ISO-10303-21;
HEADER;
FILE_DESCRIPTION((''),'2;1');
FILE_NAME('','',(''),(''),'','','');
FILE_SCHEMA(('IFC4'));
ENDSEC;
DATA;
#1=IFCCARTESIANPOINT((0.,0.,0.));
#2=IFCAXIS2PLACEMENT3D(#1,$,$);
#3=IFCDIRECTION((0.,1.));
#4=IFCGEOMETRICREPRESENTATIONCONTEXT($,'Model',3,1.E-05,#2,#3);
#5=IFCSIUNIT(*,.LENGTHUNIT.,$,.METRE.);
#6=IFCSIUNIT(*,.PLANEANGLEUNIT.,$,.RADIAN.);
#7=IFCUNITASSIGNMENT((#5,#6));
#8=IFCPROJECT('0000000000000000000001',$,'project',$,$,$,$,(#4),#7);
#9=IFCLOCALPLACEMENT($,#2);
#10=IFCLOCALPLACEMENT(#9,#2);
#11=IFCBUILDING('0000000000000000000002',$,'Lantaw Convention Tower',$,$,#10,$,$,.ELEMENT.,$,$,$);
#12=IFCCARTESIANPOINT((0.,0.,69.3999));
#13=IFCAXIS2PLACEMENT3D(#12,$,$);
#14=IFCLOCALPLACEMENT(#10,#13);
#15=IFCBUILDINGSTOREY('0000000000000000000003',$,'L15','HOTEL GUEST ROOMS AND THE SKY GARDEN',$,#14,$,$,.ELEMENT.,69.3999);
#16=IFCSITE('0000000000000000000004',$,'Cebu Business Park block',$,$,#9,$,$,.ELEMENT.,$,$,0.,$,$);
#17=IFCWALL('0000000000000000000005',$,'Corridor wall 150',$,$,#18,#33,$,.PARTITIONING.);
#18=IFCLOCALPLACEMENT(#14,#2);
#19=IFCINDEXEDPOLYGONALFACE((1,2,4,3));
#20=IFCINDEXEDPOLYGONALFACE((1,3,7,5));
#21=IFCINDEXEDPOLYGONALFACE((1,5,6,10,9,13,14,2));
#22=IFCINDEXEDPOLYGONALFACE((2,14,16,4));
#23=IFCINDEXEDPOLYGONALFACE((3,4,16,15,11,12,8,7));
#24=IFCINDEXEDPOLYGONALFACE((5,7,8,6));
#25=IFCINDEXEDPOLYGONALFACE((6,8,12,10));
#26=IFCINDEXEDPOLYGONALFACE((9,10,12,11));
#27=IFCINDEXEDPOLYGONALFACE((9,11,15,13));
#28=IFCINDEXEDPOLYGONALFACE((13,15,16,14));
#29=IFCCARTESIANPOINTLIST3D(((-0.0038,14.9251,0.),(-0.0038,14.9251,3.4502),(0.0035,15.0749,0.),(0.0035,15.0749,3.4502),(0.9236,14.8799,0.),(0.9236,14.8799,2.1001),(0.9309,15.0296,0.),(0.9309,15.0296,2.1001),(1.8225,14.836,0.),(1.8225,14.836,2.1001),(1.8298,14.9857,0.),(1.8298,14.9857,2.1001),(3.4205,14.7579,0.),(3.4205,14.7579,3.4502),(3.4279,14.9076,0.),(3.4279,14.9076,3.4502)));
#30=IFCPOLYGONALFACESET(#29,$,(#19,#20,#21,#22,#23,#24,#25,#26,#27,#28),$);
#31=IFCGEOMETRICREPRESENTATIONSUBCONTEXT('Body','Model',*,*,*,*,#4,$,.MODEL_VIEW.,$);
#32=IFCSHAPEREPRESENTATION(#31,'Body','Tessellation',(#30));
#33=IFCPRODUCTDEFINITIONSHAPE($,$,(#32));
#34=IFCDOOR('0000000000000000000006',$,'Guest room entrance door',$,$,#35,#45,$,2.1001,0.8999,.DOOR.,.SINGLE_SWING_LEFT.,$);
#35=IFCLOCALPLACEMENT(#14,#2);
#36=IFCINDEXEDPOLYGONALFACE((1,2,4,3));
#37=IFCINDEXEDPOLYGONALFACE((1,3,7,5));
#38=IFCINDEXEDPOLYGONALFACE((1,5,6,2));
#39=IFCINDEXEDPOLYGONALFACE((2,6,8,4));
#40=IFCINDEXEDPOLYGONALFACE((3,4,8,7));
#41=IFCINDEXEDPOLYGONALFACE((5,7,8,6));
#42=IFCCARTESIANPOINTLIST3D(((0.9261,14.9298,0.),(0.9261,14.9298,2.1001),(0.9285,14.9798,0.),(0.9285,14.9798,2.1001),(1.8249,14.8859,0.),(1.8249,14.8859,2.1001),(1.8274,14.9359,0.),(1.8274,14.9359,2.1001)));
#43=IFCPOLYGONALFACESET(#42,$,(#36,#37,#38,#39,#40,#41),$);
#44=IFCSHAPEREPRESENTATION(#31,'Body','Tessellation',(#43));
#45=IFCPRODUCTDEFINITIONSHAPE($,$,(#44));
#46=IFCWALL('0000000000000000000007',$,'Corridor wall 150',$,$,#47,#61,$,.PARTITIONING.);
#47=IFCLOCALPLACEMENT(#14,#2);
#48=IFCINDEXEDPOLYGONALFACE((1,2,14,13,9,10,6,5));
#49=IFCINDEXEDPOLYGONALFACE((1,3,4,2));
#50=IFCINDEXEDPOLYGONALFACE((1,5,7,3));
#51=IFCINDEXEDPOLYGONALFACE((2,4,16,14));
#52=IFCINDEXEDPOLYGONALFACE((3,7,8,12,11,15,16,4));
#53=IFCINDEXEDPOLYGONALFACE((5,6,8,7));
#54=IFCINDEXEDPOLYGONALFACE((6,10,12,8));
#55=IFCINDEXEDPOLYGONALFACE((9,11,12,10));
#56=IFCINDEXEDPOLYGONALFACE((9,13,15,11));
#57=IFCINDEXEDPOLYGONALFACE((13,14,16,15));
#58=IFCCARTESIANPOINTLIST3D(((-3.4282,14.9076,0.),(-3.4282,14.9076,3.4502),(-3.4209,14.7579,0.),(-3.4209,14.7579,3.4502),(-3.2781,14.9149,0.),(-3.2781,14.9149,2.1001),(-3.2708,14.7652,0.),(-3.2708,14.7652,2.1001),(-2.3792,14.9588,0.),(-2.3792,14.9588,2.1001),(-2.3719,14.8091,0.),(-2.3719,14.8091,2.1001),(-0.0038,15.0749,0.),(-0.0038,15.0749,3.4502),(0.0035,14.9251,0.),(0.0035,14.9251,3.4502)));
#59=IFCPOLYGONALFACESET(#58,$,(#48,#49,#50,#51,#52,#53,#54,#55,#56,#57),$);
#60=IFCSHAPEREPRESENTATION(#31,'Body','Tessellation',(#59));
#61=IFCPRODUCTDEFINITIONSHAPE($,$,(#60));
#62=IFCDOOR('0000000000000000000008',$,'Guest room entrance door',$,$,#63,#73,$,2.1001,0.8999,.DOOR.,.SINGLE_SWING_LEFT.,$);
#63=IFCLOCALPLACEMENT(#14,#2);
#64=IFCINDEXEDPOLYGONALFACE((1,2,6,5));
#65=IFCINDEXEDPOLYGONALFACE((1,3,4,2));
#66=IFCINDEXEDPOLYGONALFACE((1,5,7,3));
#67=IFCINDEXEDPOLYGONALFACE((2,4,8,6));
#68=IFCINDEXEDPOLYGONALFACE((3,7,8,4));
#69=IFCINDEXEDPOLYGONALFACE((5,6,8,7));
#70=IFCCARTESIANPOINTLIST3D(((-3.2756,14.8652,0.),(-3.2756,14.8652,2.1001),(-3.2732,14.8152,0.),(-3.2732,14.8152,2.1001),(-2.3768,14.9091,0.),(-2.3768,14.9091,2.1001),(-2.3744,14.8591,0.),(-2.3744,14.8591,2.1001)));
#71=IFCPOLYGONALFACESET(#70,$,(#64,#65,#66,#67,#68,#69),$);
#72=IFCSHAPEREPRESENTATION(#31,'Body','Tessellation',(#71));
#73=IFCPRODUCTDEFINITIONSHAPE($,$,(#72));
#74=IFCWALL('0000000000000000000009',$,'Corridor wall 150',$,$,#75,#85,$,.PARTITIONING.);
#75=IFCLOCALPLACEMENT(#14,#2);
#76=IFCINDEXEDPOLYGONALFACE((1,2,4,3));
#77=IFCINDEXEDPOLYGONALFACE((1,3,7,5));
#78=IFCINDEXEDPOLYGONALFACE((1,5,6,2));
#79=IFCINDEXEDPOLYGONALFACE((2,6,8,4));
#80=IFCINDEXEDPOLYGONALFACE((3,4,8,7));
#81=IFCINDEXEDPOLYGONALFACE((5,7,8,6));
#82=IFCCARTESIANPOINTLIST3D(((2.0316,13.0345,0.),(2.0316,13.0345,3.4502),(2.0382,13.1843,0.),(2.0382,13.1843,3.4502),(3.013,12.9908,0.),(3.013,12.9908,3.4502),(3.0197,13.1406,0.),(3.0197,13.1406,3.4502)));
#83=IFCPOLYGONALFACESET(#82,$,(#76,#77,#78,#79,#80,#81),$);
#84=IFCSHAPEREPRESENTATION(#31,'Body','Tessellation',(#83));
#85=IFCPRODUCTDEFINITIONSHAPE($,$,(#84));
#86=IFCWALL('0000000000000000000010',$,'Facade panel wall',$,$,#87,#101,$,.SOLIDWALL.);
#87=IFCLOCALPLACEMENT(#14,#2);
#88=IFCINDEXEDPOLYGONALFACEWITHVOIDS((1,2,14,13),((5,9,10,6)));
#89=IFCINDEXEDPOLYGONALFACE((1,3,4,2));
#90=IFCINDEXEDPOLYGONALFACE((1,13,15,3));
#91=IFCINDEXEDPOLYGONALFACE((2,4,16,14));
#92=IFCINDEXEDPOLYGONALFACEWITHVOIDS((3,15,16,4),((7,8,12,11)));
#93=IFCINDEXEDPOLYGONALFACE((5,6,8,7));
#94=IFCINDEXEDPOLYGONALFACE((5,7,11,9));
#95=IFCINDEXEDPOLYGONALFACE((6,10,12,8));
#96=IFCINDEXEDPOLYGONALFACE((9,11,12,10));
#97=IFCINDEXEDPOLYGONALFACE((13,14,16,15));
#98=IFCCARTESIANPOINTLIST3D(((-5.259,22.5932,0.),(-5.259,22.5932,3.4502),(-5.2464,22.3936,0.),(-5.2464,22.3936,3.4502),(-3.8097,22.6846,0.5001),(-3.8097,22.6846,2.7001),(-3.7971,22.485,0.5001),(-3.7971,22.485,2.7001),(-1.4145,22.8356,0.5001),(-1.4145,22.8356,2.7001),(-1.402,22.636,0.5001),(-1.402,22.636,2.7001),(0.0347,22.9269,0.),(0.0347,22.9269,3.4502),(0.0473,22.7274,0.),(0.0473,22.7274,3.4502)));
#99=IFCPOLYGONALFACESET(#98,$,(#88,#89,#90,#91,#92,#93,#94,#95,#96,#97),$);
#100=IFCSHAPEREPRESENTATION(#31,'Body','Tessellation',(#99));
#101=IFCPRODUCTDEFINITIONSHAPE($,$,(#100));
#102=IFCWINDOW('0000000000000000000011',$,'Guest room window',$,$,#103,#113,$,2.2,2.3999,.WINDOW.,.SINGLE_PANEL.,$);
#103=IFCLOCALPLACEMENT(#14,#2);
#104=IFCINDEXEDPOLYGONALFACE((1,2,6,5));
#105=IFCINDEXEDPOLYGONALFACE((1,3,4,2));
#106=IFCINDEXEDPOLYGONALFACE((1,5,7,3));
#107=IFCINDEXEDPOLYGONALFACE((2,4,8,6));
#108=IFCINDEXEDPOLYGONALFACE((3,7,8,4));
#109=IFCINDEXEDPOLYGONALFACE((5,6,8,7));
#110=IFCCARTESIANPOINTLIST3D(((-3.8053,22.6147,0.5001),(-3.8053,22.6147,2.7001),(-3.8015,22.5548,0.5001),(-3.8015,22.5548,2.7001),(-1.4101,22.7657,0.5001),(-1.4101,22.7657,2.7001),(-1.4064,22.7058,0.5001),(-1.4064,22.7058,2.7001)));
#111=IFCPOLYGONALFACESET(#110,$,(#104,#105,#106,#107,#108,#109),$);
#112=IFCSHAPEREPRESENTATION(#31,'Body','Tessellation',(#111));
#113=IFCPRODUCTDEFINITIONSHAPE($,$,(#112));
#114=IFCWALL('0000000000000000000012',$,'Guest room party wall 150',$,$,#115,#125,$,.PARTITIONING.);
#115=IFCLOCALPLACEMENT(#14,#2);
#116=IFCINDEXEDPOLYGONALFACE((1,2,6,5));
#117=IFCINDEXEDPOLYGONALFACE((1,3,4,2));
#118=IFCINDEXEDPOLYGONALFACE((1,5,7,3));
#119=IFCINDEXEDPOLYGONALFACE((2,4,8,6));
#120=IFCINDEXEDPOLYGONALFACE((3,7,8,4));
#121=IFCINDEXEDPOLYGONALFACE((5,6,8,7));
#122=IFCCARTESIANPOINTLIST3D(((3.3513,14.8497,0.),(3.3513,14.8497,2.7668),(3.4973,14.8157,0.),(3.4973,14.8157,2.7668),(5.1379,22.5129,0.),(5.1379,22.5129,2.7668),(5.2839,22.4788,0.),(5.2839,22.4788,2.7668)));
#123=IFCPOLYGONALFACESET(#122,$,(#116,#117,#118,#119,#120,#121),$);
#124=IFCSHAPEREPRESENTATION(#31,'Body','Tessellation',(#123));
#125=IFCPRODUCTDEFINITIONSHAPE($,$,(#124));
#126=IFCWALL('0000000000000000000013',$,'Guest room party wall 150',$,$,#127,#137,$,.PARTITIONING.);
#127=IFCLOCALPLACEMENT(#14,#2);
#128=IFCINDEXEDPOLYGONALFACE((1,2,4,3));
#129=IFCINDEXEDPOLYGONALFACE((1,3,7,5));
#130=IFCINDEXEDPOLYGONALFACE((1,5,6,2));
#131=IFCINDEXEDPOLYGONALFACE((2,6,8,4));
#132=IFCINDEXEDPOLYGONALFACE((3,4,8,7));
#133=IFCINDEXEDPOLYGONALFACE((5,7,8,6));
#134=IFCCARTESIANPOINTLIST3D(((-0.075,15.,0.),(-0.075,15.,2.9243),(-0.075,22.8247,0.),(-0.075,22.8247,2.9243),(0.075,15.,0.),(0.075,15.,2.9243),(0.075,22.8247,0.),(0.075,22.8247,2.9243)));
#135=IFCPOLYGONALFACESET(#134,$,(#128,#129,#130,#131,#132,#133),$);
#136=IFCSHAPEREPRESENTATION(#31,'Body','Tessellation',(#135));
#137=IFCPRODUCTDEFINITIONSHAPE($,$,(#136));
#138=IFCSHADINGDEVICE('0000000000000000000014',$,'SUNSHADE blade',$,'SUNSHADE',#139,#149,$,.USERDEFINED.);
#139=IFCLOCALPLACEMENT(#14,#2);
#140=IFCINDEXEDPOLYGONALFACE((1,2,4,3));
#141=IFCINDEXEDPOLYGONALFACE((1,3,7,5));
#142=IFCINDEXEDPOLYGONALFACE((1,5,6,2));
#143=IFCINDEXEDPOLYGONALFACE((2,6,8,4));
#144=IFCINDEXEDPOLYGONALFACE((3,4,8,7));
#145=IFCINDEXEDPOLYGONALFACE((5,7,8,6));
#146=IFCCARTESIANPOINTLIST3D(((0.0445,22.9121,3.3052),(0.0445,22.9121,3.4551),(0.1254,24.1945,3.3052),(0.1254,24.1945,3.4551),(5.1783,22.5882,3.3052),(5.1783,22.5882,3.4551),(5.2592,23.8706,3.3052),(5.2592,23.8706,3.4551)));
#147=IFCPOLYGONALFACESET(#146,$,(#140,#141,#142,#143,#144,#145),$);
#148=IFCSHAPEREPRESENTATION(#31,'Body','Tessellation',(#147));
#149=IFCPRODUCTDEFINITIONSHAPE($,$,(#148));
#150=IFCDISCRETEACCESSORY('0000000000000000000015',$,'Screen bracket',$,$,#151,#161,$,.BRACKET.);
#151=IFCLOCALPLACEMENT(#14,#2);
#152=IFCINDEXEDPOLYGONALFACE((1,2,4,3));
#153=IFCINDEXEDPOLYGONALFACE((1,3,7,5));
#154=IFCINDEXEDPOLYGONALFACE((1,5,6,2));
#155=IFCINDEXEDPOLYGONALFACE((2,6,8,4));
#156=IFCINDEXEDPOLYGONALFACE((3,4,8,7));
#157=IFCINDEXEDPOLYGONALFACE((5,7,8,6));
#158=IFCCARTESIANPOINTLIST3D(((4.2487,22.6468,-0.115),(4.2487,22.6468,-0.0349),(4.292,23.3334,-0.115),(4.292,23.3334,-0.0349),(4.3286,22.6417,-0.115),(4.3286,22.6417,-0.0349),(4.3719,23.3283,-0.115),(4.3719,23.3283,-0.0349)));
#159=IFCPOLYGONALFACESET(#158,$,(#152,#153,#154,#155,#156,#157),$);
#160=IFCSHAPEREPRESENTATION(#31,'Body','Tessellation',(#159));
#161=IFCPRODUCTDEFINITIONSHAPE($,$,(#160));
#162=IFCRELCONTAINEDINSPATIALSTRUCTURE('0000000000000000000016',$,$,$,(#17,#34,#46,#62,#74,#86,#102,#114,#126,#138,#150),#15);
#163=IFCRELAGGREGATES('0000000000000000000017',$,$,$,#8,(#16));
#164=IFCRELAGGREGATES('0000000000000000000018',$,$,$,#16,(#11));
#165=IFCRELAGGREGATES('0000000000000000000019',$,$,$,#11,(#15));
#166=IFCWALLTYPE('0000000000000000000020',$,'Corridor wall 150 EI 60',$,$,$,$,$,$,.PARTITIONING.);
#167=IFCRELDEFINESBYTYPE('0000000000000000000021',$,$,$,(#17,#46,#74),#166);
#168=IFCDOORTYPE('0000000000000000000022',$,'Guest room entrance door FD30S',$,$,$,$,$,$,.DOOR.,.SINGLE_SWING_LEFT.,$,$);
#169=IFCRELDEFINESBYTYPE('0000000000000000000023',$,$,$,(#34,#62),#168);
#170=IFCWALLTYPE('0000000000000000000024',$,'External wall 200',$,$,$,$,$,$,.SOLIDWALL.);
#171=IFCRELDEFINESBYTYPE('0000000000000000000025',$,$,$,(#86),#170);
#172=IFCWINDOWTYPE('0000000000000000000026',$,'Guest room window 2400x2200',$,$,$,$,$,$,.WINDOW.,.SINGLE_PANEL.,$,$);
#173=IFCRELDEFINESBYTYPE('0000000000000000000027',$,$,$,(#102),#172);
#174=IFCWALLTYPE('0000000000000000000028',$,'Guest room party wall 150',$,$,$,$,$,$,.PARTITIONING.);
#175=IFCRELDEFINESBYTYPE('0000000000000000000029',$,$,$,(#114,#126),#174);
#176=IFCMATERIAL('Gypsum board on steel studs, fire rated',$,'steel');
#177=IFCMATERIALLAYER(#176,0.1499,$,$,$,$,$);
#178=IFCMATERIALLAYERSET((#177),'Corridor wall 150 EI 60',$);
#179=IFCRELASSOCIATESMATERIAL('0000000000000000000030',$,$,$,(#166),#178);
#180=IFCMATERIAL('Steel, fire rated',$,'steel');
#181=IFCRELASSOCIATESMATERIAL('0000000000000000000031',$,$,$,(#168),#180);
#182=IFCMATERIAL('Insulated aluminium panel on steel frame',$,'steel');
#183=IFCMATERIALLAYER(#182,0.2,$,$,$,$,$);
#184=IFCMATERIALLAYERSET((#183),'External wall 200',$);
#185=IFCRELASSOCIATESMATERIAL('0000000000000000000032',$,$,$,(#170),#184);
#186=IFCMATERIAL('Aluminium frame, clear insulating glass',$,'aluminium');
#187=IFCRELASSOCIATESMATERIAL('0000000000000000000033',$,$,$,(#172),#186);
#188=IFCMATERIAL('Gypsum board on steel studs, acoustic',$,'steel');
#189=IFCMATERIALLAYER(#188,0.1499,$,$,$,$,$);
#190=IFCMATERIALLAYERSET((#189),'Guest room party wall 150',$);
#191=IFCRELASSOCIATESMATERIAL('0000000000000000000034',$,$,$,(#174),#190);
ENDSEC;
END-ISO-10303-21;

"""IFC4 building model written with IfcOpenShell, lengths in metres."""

from ifc_helpers import new_model, si_unit, direction, frame, frame_2d, origin, origin_2d, place, context, subcontext, project, spatial, rectangle, extrude, material, layer, layer_set, type_object, element, fill, save


model = new_model("IFC4")

# Units and contexts
model_context = context("Model", 3, precision=1e-05, world=origin(), true_north=direction((0.0, 1.0)))
body_context = subcontext(model_context, "Body", "Model", "MODEL_VIEW")
ifc_project = project(units=[si_unit("LENGTHUNIT", "METRE"), si_unit("PLANEANGLEUNIT", "RADIAN")], contexts=[model_context])

# Site, building, storey
site_placement = place(None, origin())
site = spatial("IfcSite", under=ifc_project, at=site_placement, Name="Cebu Business Park block", CompositionType="ELEMENT", RefElevation=0.0)
building_placement = place(site_placement, origin())
building = spatial("IfcBuilding", under=site, at=building_placement, Name="Lantaw Convention Tower", CompositionType="ELEMENT")
storey_placement = place(building_placement, frame((0.0, 0.0, 69.3999)))
storey = spatial("IfcBuildingStorey", under=building, at=storey_placement, Name="L15", Description="HOTEL GUEST ROOMS AND THE SKY GARDEN", CompositionType="ELEMENT", Elevation=69.3999)

# Walls, openings, doors
ifc_material_1 = material(Name="Gypsum board on steel studs, fire rated", Category="steel")
ifc_layer_1 = layer(ifc_material_1, 0.1499)
ifc_layer_set_1 = layer_set([ifc_layer_1], Name="Corridor wall 150 EI 60")
wall_type_1 = type_object("IfcWallType", Name="Corridor wall 150 EI 60", PredefinedType="PARTITIONING", material=ifc_layer_set_1)
wall_1_placement = place(storey_placement, frame((3.4243, 14.8328, 0.0), z_axis=(0.0, 0.0, 1.0), x_axis=(-0.99881, 0.04878, 0.0)))
wall_1 = element("IfcWall", 1, at=wall_1_placement, inside=storey, type_object=wall_type_1, Name="Corridor wall 150", PredefinedType="PARTITIONING", context=body_context, shape_type="SweptSolid", body=[
    extrude(rectangle(XDim=3.4285, YDim=0.1499, at=frame_2d((1.7144, 0.0))), origin(), (0.0, 0.0, 1.0), 3.4502),
])
opening_1_placement = place(wall_1_placement, frame((1.6001, 0.0, 0.0)))
opening_1 = element("IfcOpeningElement", 2, at=opening_1_placement, cuts=wall_1, PredefinedType="OPENING", context=body_context, shape_type="SweptSolid", body=[
    extrude(rectangle(XDim=0.8999, YDim=2.1001, at=frame_2d((0.45, 1.05))), frame((0.0, 0.085, 0.0), z_axis=(0.0, -1.0, 0.0), x_axis=(1.0, 0.0, 0.0)), (0.0, 0.0, 1.0), 0.1699),
])
ifc_material_2 = material(Name="Steel, fire rated", Category="steel")
door_type_1 = type_object("IfcDoorType", Name="Guest room entrance door FD30S", OperationType="SINGLE_SWING_LEFT", PredefinedType="DOOR", material=ifc_material_2)
door_1_placement = place(opening_1_placement, origin())
door_1 = element("IfcDoor", 3, at=door_1_placement, inside=storey, type_object=door_type_1, Name="Guest room entrance door", OperationType="SINGLE_SWING_LEFT", OverallHeight=2.1001, OverallWidth=0.8999, PredefinedType="DOOR", context=body_context, shape_type="SweptSolid", body=[
    extrude(rectangle(XDim=0.8999, YDim=2.1001, at=frame_2d((0.45, 1.05))), frame((0.0, 0.0249, 0.0), z_axis=(0.0, -1.0, 0.0), x_axis=(1.0, 0.0, 0.0)), (0.0, 0.0, 1.0), 0.05),
])
fill(opening_1, door_1)
wall_2_placement = place(storey_placement, frame((0.0, 15.0, 0.0), z_axis=(0.0, 0.0, 1.0), x_axis=(-0.99881, -0.04878, 0.0)))
wall_2 = element("IfcWall", 4, at=wall_2_placement, inside=storey, type_object=wall_type_1, Name="Corridor wall 150", PredefinedType="PARTITIONING", context=body_context, shape_type="SweptSolid", body=[
    extrude(rectangle(XDim=3.4285, YDim=0.1499, at=frame_2d((1.7144, 0.0))), origin(), (0.0, 0.0, 1.0), 3.4502),
])
opening_2_placement = place(wall_2_placement, frame((2.3784, 0.0, 0.0)))
opening_2 = element("IfcOpeningElement", 5, at=opening_2_placement, cuts=wall_2, PredefinedType="OPENING", context=body_context, shape_type="SweptSolid", body=[
    extrude(rectangle(XDim=0.8999, YDim=2.1001, at=frame_2d((0.45, 1.05))), frame((0.0, 0.085, 0.0), z_axis=(0.0, -1.0, 0.0), x_axis=(1.0, 0.0, 0.0)), (0.0, 0.0, 1.0), 0.1699),
])
door_2_placement = place(opening_2_placement, origin())
door_2 = element("IfcDoor", 6, at=door_2_placement, inside=storey, type_object=door_type_1, Name="Guest room entrance door", OperationType="SINGLE_SWING_LEFT", OverallHeight=2.1001, OverallWidth=0.8999, PredefinedType="DOOR", context=body_context, shape_type="SweptSolid", body=[
    extrude(rectangle(XDim=0.8999, YDim=2.1001, at=frame_2d((0.45, 1.05))), frame((0.0, 0.0249, 0.0), z_axis=(0.0, -1.0, 0.0), x_axis=(1.0, 0.0, 0.0)), (0.0, 0.0, 1.0), 0.05),
])
fill(opening_2, door_2)

# Wall
wall_3_placement = place(storey_placement, frame((3.0164, 13.0657, 0.0), z_axis=(0.0, 0.0, 1.0), x_axis=(-0.99901, 0.044483, 0.0)))
element("IfcWall", 7, at=wall_3_placement, inside=storey, type_object=wall_type_1, Name="Corridor wall 150", PredefinedType="PARTITIONING", context=body_context, shape_type="SweptSolid", body=[
    extrude(rectangle(XDim=0.9824, YDim=0.1499, at=frame_2d((0.4912, 0.0))), origin(), (0.0, 0.0, 1.0), 3.4502),
])

# Wall, opening, window
ifc_material_3 = material(Name="Insulated aluminium panel on steel frame", Category="steel")
ifc_layer_2 = layer(ifc_material_3, 0.2)
ifc_layer_set_2 = layer_set([ifc_layer_2], Name="External wall 200")
wall_type_2 = type_object("IfcWallType", Name="External wall 200", PredefinedType="SOLIDWALL", material=ifc_layer_set_2)
wall_4_placement = place(storey_placement, frame((0.041, 22.8271, 0.0), z_axis=(0.0, 0.0, 1.0), x_axis=(-0.998019, -0.06292, 0.0)))
wall_4 = element("IfcWall", 8, at=wall_4_placement, inside=storey, type_object=wall_type_2, Name="Facade panel wall", PredefinedType="SOLIDWALL", context=body_context, shape_type="SweptSolid", body=[
    extrude(rectangle(XDim=5.3042, YDim=0.2, at=frame_2d((2.6521, 0.0))), origin(), (0.0, 0.0, 1.0), 3.4502),
])
opening_3_placement = place(wall_4_placement, frame((1.4521, 0.0, 0.5)))
opening_3 = element("IfcOpeningElement", 9, at=opening_3_placement, cuts=wall_4, PredefinedType="OPENING", context=body_context, shape_type="SweptSolid", body=[
    extrude(rectangle(XDim=2.3999, YDim=2.2, at=frame_2d((1.2, 1.1001))), frame((0.0, 0.1099, 0.0), z_axis=(0.0, -1.0, 0.0), x_axis=(1.0, 0.0, 0.0)), (0.0, 0.0, 1.0), 0.22),
])
ifc_material_4 = material(Name="Aluminium frame, clear insulating glass", Category="aluminium")
window_type = type_object("IfcWindowType", Name="Guest room window 2400x2200", PartitioningType="SINGLE_PANEL", PredefinedType="WINDOW", material=ifc_material_4)
window_placement = place(opening_3_placement, origin())
window = element("IfcWindow", 10, at=window_placement, inside=storey, type_object=window_type, Name="Guest room window", OverallHeight=2.2, OverallWidth=2.3999, PartitioningType="SINGLE_PANEL", PredefinedType="WINDOW", context=body_context, shape_type="SweptSolid", body=[
    extrude(rectangle(XDim=2.3999, YDim=2.2, at=frame_2d((1.2, 1.1001))), frame((0.0, 0.03, 0.0), z_axis=(0.0, -1.0, 0.0), x_axis=(1.0, 0.0, 0.0)), (0.0, 0.0, 1.0), 0.0601),
])
fill(opening_3, window)

# Walls
ifc_material_5 = material(Name="Gypsum board on steel studs, acoustic", Category="steel")
ifc_layer_3 = layer(ifc_material_5, 0.1499)
ifc_layer_set_3 = layer_set([ifc_layer_3], Name="Guest room party wall 150")
wall_type_3 = type_object("IfcWallType", Name="Guest room party wall 150", PredefinedType="PARTITIONING", material=ifc_layer_set_3)
wall_5_placement = place(storey_placement, frame((5.2109, 22.4958, 0.0), z_axis=(0.0, 0.0, 1.0), x_axis=(-0.227057, -0.973881, 0.0)))
element("IfcWall", 11, at=wall_5_placement, inside=storey, type_object=wall_type_3, Name="Guest room party wall 150", PredefinedType="PARTITIONING", context=body_context, shape_type="SweptSolid", body=[
    extrude(rectangle(XDim=7.8687, YDim=0.1499, at=frame_2d((3.9343, 0.0))), origin(), (0.0, 0.0, 1.0), 2.7668),
])
wall_6_placement = place(storey_placement, frame((0.0, 22.8247, 0.0), z_axis=(0.0, 0.0, 1.0), x_axis=(0.0, -1.0, 0.0)))
element("IfcWall", 12, at=wall_6_placement, inside=storey, type_object=wall_type_3, Name="Guest room party wall 150", PredefinedType="PARTITIONING", context=body_context, shape_type="SweptSolid", body=[
    extrude(rectangle(XDim=7.8247, YDim=0.1499, at=frame_2d((3.9124, 0.0))), origin(), (0.0, 0.0, 1.0), 2.9243),
])

# Shading device
shading_device_placement = place(storey_placement, frame((2.6519, 23.3914, 3.3052), z_axis=(0.0, 0.0, 1.0), x_axis=(-0.998016, 0.062958, 0.0)))
element("IfcShadingDevice", 13, at=shading_device_placement, inside=storey, Name="SUNSHADE blade", ObjectType="SUNSHADE", PredefinedType="USERDEFINED", context=body_context, shape_type="SweptSolid", body=[
    extrude(rectangle(XDim=5.144, YDim=1.2849, at=origin_2d()), origin(), (0.0, 0.0, 1.0), 0.1499),
])

# Discrete accessory
discrete_accessory_placement = place(storey_placement, frame((4.3103, 22.9875, -0.115), z_axis=(0.0, 0.0, 1.0), x_axis=(-0.998016, 0.062958, 0.0)))
element("IfcDiscreteAccessory", 14, at=discrete_accessory_placement, inside=storey, Name="Screen bracket", PredefinedType="BRACKET", context=body_context, shape_type="SweptSolid", body=[
    extrude(rectangle(XDim=0.0801, YDim=0.688, at=origin_2d()), origin(), (0.0, 0.0, 1.0), 0.0801),
])

save(model, "model.ifc")
